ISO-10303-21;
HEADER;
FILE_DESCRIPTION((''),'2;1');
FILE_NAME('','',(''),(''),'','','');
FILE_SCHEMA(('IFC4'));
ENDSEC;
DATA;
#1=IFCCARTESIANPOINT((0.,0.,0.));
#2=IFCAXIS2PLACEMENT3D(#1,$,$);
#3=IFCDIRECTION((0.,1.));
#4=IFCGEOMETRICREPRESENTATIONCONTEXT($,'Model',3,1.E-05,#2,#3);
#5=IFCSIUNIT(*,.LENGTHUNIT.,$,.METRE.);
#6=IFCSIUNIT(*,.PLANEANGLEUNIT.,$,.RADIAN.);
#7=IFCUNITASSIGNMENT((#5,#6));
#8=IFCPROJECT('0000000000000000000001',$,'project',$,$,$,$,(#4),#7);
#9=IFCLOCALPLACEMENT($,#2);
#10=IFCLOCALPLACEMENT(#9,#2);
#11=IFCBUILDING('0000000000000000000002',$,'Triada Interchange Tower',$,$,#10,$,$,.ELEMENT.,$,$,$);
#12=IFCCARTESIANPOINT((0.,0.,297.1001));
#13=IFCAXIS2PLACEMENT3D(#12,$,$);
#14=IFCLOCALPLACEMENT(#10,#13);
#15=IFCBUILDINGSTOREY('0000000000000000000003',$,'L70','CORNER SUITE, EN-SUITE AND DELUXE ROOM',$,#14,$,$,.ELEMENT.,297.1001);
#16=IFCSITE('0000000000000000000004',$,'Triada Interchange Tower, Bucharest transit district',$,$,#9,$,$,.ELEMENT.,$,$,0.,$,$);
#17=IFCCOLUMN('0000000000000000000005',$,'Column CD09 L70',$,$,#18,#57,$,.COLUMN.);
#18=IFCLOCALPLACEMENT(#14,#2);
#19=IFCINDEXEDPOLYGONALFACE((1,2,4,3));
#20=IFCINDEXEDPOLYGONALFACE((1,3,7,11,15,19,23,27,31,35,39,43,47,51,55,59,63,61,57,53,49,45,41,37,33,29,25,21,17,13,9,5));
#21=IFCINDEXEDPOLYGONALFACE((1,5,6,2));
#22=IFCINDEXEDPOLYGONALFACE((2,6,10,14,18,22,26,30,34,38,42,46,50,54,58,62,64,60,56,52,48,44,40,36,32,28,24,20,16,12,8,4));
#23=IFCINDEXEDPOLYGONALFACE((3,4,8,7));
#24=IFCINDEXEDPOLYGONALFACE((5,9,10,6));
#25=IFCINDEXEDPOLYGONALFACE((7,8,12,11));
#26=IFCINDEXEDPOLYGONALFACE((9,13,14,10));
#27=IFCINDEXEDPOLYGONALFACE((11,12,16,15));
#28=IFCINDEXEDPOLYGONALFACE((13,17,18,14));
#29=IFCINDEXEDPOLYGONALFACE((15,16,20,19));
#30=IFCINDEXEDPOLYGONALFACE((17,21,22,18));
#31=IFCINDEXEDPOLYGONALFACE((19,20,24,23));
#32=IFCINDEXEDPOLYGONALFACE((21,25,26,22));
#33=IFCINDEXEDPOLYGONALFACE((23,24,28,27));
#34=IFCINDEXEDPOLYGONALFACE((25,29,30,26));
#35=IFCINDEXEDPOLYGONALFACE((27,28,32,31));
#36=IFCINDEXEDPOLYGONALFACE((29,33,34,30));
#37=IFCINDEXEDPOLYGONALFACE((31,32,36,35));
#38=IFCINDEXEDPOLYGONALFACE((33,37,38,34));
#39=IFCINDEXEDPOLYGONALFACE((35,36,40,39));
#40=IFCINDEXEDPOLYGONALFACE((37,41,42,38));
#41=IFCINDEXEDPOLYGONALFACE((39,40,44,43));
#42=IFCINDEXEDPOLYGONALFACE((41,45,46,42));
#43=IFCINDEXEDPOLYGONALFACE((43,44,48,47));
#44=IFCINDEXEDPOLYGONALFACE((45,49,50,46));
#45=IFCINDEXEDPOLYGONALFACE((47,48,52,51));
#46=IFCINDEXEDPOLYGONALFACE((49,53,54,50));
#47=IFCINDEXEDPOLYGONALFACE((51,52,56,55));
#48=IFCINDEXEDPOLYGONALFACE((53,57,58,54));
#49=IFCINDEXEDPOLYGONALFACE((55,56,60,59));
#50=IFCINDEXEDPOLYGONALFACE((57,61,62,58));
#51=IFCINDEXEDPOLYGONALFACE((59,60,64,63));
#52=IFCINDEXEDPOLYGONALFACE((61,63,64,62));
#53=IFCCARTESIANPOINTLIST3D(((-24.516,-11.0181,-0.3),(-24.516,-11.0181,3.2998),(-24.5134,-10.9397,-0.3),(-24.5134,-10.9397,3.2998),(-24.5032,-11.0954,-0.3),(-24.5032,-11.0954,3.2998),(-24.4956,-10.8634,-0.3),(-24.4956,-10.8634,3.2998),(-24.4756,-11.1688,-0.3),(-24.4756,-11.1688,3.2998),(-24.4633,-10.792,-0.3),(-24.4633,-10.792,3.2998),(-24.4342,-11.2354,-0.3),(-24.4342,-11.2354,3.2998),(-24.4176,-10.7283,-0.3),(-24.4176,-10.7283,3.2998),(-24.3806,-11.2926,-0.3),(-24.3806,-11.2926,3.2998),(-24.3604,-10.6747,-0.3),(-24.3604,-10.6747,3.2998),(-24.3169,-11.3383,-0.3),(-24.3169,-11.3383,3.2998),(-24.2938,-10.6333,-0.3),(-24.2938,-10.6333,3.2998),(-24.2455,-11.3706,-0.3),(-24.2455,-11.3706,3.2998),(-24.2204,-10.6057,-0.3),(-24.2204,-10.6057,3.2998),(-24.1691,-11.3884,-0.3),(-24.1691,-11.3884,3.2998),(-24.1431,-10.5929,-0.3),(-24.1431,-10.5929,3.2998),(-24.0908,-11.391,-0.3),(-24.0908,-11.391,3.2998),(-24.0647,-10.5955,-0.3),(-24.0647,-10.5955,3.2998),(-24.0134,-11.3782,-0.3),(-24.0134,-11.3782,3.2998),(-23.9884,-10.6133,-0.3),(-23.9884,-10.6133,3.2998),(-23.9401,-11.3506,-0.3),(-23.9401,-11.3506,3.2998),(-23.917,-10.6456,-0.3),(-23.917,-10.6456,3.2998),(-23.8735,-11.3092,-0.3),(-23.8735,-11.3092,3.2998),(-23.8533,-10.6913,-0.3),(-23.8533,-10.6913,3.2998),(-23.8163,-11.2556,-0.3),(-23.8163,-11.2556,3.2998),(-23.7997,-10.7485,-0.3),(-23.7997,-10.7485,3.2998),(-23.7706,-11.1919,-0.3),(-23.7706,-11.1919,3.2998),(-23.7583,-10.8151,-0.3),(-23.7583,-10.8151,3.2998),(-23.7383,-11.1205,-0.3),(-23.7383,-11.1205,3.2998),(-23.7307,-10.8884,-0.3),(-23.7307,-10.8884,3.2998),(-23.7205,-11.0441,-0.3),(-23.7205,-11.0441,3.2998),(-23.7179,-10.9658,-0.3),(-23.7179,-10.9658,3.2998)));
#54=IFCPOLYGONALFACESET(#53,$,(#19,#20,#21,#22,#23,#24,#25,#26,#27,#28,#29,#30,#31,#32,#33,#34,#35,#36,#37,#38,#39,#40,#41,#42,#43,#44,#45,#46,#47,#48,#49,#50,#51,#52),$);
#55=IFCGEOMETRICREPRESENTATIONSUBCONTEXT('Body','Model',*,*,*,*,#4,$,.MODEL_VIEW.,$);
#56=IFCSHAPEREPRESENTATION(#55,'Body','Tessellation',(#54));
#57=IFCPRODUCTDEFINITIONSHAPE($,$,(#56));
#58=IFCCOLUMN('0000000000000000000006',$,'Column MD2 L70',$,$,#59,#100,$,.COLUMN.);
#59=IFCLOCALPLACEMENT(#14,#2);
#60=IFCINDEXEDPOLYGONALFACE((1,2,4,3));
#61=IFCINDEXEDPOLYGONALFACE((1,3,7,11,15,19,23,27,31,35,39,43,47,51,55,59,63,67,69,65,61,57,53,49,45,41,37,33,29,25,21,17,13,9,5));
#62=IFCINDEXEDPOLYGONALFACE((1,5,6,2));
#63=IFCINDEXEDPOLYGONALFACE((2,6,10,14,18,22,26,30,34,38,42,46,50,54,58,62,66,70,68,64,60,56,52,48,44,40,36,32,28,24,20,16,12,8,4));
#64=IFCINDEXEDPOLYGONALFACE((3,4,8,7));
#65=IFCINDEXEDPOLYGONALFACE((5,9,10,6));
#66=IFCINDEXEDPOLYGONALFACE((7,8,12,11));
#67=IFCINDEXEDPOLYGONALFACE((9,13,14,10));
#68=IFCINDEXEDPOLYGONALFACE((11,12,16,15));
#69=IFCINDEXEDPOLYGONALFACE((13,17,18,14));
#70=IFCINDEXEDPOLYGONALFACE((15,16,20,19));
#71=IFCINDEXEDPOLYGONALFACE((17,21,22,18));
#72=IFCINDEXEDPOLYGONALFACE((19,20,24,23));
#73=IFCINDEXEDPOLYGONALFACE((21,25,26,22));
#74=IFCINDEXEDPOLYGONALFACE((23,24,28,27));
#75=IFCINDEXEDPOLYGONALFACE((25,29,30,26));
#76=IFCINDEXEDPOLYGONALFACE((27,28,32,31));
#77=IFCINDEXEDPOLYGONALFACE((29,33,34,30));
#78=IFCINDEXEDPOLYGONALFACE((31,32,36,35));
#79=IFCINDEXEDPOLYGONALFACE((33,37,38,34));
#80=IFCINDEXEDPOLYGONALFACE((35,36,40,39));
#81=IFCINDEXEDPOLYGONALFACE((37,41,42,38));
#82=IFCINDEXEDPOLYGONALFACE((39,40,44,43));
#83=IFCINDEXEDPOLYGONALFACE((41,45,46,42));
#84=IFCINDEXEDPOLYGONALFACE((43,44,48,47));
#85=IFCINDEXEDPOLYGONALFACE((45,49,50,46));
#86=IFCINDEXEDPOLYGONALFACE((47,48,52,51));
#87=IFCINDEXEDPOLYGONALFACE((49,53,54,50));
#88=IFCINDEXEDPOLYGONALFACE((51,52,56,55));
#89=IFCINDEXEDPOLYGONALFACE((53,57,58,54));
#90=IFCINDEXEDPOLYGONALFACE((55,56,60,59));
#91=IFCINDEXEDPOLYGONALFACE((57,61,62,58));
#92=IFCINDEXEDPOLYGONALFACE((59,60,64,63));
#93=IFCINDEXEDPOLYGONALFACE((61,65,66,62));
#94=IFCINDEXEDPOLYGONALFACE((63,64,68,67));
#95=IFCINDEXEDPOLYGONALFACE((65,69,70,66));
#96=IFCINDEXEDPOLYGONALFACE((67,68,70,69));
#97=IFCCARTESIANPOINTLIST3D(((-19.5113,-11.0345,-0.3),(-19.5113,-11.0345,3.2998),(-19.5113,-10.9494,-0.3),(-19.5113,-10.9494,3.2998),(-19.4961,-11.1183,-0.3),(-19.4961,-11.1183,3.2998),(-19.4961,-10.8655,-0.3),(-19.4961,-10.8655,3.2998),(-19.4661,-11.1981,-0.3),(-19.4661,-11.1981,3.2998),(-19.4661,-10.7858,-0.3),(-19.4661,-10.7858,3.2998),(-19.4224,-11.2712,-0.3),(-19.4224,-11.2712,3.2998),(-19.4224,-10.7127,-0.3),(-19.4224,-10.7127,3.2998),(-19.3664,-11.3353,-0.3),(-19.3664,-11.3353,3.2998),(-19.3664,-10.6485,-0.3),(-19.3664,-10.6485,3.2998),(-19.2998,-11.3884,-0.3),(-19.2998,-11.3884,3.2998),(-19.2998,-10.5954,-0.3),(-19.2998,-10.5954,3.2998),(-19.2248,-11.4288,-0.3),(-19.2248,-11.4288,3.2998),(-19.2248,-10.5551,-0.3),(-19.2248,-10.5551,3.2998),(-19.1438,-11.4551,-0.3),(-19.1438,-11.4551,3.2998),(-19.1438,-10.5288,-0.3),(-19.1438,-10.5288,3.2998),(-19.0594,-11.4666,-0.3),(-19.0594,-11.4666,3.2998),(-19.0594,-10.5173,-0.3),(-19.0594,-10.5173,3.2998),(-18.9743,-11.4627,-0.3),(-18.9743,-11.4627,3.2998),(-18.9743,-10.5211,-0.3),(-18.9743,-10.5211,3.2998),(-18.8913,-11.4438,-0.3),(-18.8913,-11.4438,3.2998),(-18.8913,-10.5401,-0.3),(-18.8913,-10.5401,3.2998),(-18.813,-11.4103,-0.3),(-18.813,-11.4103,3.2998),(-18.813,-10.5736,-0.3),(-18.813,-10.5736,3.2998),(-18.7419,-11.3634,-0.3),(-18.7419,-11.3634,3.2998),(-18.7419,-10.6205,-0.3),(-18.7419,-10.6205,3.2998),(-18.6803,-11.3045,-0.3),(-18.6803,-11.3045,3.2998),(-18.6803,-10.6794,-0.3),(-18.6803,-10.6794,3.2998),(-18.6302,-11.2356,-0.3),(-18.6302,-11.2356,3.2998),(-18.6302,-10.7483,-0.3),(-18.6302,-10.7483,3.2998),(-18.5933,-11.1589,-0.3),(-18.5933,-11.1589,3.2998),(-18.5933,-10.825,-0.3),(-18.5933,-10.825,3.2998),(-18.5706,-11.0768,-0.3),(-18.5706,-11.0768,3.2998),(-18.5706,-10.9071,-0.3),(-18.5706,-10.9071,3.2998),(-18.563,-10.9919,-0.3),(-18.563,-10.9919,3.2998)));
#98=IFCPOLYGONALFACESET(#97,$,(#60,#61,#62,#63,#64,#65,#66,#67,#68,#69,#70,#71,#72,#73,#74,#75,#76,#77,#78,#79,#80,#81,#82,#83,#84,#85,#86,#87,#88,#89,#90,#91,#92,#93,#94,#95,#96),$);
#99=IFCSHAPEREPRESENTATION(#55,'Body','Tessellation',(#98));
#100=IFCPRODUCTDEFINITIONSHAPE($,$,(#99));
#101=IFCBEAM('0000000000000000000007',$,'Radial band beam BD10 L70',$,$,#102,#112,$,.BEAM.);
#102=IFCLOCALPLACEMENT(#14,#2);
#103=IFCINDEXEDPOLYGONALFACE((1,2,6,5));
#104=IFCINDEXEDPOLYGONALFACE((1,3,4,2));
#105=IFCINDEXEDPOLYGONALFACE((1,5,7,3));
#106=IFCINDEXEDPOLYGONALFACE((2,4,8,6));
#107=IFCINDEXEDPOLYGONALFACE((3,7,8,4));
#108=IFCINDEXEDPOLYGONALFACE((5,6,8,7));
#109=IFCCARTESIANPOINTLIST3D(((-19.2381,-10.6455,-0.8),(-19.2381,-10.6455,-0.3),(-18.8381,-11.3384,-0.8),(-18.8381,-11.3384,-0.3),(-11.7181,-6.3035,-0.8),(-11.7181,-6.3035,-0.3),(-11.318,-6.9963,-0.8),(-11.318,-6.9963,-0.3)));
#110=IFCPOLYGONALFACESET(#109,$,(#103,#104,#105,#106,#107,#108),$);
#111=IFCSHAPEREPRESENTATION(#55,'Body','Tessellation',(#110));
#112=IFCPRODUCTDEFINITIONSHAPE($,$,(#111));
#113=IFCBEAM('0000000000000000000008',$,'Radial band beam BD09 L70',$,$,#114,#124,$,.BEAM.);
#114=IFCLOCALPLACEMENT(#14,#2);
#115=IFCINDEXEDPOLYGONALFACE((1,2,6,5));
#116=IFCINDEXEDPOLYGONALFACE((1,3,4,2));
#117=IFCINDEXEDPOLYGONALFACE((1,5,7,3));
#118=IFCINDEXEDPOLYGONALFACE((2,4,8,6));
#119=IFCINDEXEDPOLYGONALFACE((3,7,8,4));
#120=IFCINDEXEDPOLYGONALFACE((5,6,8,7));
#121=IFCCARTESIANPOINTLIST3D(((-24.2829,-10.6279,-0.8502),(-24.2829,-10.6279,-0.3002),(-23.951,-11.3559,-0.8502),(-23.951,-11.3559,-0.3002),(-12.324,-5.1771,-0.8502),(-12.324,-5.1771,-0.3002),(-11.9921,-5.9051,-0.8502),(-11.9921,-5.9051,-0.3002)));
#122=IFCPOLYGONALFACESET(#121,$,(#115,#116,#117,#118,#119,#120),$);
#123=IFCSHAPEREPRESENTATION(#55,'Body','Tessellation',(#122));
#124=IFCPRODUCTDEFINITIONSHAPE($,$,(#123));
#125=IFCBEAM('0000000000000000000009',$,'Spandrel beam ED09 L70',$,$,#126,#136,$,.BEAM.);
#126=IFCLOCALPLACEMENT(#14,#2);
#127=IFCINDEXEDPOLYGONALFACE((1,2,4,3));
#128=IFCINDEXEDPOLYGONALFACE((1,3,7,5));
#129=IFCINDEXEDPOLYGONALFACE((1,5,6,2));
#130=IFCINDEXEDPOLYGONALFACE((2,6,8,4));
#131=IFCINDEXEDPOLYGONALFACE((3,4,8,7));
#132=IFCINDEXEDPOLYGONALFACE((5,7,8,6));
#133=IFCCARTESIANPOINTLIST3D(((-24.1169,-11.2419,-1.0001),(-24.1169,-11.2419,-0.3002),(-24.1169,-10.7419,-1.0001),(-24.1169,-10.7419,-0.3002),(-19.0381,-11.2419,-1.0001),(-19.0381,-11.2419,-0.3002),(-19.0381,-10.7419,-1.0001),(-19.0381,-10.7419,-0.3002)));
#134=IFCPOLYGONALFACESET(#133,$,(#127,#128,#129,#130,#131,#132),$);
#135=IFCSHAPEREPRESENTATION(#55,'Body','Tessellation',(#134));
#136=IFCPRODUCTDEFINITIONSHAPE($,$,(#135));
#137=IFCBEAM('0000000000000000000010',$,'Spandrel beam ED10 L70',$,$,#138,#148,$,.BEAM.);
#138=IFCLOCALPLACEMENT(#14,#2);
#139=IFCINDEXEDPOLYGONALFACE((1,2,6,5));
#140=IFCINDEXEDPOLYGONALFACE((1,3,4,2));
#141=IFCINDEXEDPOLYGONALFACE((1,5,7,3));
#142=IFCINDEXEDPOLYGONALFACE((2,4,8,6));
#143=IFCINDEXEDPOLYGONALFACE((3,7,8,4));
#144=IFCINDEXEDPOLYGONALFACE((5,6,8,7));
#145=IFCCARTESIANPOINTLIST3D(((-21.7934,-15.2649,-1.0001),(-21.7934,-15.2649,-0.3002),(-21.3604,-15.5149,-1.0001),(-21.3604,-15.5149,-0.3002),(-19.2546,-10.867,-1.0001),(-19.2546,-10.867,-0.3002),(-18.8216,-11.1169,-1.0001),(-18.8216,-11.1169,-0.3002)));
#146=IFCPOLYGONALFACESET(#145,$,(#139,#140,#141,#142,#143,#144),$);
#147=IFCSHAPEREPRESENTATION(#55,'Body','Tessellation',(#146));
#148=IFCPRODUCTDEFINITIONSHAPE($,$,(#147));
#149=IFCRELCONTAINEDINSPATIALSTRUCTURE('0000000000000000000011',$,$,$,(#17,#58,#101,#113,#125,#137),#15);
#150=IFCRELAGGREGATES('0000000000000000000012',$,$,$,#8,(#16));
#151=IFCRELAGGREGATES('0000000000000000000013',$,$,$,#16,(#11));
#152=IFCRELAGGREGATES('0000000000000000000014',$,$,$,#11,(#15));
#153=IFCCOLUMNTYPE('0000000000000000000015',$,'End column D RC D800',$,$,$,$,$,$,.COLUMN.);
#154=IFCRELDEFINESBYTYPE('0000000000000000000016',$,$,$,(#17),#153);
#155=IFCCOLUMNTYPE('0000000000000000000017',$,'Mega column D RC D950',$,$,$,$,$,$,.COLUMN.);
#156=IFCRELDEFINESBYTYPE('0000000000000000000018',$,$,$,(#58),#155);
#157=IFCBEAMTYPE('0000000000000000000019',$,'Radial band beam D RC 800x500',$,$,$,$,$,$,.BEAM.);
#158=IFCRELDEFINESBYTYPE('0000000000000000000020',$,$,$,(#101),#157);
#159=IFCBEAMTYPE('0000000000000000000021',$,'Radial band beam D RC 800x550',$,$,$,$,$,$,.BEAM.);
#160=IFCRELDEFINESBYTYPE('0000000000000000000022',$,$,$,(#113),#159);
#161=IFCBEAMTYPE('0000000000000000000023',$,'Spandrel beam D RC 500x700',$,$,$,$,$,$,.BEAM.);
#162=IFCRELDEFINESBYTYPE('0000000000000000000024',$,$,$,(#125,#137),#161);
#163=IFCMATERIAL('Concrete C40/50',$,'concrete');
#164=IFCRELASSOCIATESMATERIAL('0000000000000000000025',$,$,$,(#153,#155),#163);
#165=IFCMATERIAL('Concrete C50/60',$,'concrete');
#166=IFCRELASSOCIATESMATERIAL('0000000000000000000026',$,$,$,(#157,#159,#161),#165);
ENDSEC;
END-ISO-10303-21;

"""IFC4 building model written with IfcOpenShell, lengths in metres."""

from ifc_helpers import new_model, si_unit, direction, frame, origin, origin_2d, place, context, subcontext, project, spatial, rectangle, circle, extrude, material, material_profile, profile_set, type_object, element, save


model = new_model("IFC4")

# Units and contexts
model_context = context("Model", 3, precision=1e-05, world=origin(), true_north=direction((0.0, 1.0)))
body_context = subcontext(model_context, "Body", "Model", "MODEL_VIEW")
ifc_project = project(units=[si_unit("LENGTHUNIT", "METRE"), si_unit("PLANEANGLEUNIT", "RADIAN")], contexts=[model_context])

# Site, building, storey
site_placement = place(None, origin())
site = spatial("IfcSite", under=ifc_project, at=site_placement, Name="Triada Interchange Tower, Bucharest transit district", CompositionType="ELEMENT", RefElevation=0.0)
building_placement = place(site_placement, origin())
building = spatial("IfcBuilding", under=site, at=building_placement, Name="Triada Interchange Tower", CompositionType="ELEMENT")
storey_placement = place(building_placement, frame((0.0, 0.0, 297.1001)))
storey = spatial("IfcBuildingStorey", under=building, at=storey_placement, Name="L70", Description="CORNER SUITE, EN-SUITE AND DELUXE ROOM", CompositionType="ELEMENT", Elevation=297.1001)

# Columns
ifc_material_1 = material(Name="Concrete C40/50", Category="concrete")
ifc_material_profile_1 = material_profile(ifc_material_1, circle(Radius=0.3999, at=origin_2d()), Name="RC D800")
ifc_profile_set_1 = profile_set([ifc_material_profile_1], Name="Concrete C40/50")
column_type_1 = type_object("IfcColumnType", Name="End column D RC D800", PredefinedType="COLUMN", material=ifc_profile_set_1)
column_1_placement = place(storey_placement, frame((-24.1169, -10.9919, -0.3), z_axis=(0.0, 0.0, 1.0), x_axis=(0.5, 0.866025, 0.0)))
element("IfcColumn", 1, at=column_1_placement, inside=storey, type_object=column_type_1, Name="Column CD09 L70", PredefinedType="COLUMN", context=body_context, shape_type="SweptSolid", body=[
    extrude(circle(Radius=0.3999, at=origin_2d()), origin(), (0.0, 0.0, 1.0), 3.5999),
])
ifc_material_profile_2 = material_profile(ifc_material_1, circle(Radius=0.4751, at=origin_2d()), Name="RC D950")
ifc_profile_set_2 = profile_set([ifc_material_profile_2], Name="Concrete C40/50")
column_type_2 = type_object("IfcColumnType", Name="Mega column D RC D950", PredefinedType="COLUMN", material=ifc_profile_set_2)
column_2_placement = place(storey_placement, frame((-19.0381, -10.9919, -0.3), z_axis=(0.0, 0.0, 1.0), x_axis=(1.0, 0.0, 0.0)))
element("IfcColumn", 2, at=column_2_placement, inside=storey, type_object=column_type_2, Name="Column MD2 L70", PredefinedType="COLUMN", context=body_context, shape_type="SweptSolid", body=[
    extrude(circle(Radius=0.4751, at=origin_2d()), origin(), (0.0, 0.0, 1.0), 3.5999),
])

# Beams
ifc_material_2 = material(Name="Concrete C50/60", Category="concrete")
ifc_material_profile_3 = material_profile(ifc_material_2, rectangle(XDim=0.8, YDim=0.5, at=origin_2d()), Name="RC 800x500")
ifc_profile_set_3 = profile_set([ifc_material_profile_3], Name="Concrete C50/60")
beam_type_1 = type_object("IfcBeamType", Name="Radial band beam D RC 800x500", PredefinedType="BEAM", material=ifc_profile_set_3)
beam_1_placement = place(storey_placement, frame((-19.0381, -10.9919, -0.55), z_axis=(0.866008, 0.500031, 0.0), x_axis=(-0.500031, 0.866008, 0.0)))
element("IfcBeam", 3, at=beam_1_placement, inside=storey, type_object=beam_type_1, Name="Radial band beam BD10 L70", PredefinedType="BEAM", context=body_context, shape_type="SweptSolid", body=[
    extrude(rectangle(XDim=0.8, YDim=0.5, at=origin_2d()), origin(), (0.0, 0.0, 1.0), 8.6836),
])
ifc_material_profile_4 = material_profile(ifc_material_2, rectangle(XDim=0.8, YDim=0.55, at=origin_2d()), Name="RC 800x550")
ifc_profile_set_4 = profile_set([ifc_material_profile_4], Name="Concrete C50/60")
beam_type_2 = type_object("IfcBeamType", Name="Radial band beam D RC 800x550", PredefinedType="BEAM", material=ifc_profile_set_4)
beam_2_placement = place(storey_placement, frame((-24.1169, -10.9919, -0.5752), z_axis=(0.909935, 0.41475, 0.0), x_axis=(-0.41475, 0.909935, 0.0)))
element("IfcBeam", 4, at=beam_2_placement, inside=storey, type_object=beam_type_2, Name="Radial band beam BD09 L70", PredefinedType="BEAM", context=body_context, shape_type="SweptSolid", body=[
    extrude(rectangle(XDim=0.8, YDim=0.55, at=origin_2d()), origin(), (0.0, 0.0, 1.0), 13.1426),
])
ifc_material_profile_5 = material_profile(ifc_material_2, rectangle(XDim=0.5, YDim=0.7, at=origin_2d()), Name="RC 500x700")
ifc_profile_set_5 = profile_set([ifc_material_profile_5], Name="Concrete C50/60")
beam_type_3 = type_object("IfcBeamType", Name="Spandrel beam D RC 500x700", PredefinedType="BEAM", material=ifc_profile_set_5)
beam_3_placement = place(storey_placement, frame((-24.1169, -10.9919, -0.6501), z_axis=(1.0, 0.0, 0.0), x_axis=(0.0, 1.0, 0.0)))
element("IfcBeam", 5, at=beam_3_placement, inside=storey, type_object=beam_type_3, Name="Spandrel beam ED09 L70", PredefinedType="BEAM", context=body_context, shape_type="SweptSolid", body=[
    extrude(rectangle(XDim=0.5, YDim=0.7, at=origin_2d()), origin(), (0.0, 0.0, 1.0), 5.0789),
])
beam_4_placement = place(storey_placement, frame((-19.0381, -10.9919, -0.6501), z_axis=(-0.49995, -0.866054, 0.0), x_axis=(0.866054, -0.49995, 0.0)))
element("IfcBeam", 6, at=beam_4_placement, inside=storey, type_object=beam_type_3, Name="Spandrel beam ED10 L70", PredefinedType="BEAM", context=body_context, shape_type="SweptSolid", body=[
    extrude(rectangle(XDim=0.5, YDim=0.7, at=origin_2d()), origin(), (0.0, 0.0, 1.0), 5.0781),
])

save(model, "model.ifc")
